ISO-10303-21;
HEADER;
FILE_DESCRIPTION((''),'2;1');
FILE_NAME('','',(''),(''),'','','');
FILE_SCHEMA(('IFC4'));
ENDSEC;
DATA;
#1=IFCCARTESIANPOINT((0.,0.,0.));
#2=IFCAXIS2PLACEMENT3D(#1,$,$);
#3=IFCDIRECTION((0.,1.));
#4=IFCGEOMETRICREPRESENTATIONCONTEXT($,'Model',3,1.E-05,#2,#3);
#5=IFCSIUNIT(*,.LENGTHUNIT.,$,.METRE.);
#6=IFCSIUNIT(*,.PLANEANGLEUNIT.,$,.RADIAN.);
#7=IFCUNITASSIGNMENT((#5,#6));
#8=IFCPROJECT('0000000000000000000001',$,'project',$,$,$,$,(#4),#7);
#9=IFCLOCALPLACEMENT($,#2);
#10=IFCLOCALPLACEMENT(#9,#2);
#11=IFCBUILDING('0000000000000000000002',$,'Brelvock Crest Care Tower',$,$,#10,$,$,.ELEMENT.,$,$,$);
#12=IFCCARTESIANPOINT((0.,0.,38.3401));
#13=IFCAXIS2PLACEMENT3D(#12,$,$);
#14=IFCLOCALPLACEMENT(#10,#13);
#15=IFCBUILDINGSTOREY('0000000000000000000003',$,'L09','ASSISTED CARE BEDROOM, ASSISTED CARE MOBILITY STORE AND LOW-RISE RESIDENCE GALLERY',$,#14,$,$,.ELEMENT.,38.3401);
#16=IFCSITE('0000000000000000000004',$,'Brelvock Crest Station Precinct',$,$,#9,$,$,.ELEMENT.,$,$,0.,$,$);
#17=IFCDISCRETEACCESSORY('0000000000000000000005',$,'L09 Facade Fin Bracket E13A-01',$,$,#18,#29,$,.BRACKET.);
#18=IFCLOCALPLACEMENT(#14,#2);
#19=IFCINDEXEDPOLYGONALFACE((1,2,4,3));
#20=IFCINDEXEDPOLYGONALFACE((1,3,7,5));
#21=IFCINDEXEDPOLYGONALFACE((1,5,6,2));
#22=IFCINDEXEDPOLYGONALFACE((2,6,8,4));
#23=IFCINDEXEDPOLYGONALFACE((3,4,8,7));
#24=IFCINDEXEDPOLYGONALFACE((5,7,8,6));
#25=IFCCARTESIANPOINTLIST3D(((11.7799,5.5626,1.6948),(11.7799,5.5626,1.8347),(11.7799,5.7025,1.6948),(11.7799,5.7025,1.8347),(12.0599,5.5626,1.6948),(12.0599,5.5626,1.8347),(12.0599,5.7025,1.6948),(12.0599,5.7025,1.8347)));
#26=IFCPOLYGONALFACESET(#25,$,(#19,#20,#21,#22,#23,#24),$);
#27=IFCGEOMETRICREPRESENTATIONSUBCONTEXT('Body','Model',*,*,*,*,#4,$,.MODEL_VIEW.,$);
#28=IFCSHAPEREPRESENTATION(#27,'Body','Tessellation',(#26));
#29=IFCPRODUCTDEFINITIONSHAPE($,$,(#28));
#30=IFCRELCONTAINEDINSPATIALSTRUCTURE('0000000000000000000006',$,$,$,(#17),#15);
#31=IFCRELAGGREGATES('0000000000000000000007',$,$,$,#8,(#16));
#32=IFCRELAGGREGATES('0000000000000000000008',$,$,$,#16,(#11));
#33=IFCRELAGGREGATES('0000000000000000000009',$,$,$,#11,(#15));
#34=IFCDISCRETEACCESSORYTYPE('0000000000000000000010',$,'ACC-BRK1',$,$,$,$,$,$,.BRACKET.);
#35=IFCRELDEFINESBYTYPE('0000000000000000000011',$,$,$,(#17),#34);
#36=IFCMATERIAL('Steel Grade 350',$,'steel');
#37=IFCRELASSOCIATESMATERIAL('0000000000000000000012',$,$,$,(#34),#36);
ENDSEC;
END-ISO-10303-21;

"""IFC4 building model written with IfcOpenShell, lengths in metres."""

from ifc_helpers import new_model, si_unit, direction, frame, origin, origin_2d, place, context, subcontext, project, spatial, rectangle, extrude, source, transform, mapped, material, type_object, element, save


model = new_model("IFC4")

# Units and contexts
model_context = context("Model", 3, precision=1e-05, world=origin(), true_north=direction((0.0, 1.0)))
body_context = subcontext(model_context, "Body", "Model", "MODEL_VIEW")
ifc_project = project(units=[si_unit("LENGTHUNIT", "METRE"), si_unit("PLANEANGLEUNIT", "RADIAN")], contexts=[model_context])

# Site, building, storey
site_placement = place(None, origin())
site = spatial("IfcSite", under=ifc_project, at=site_placement, Name="Brelvock Crest Station Precinct", CompositionType="ELEMENT", RefElevation=0.0)
building_placement = place(site_placement, origin())
building = spatial("IfcBuilding", under=site, at=building_placement, Name="Brelvock Crest Care Tower", CompositionType="ELEMENT")
storey_placement = place(building_placement, frame((0.0, 0.0, 38.3401)))
storey = spatial("IfcBuildingStorey", under=building, at=storey_placement, Name="L09", Description="ASSISTED CARE BEDROOM, ASSISTED CARE MOBILITY STORE AND LOW-RISE RESIDENCE GALLERY", CompositionType="ELEMENT", Elevation=38.3401)

# Discrete accessory
ifc_material_1 = material(Name="Steel Grade 350", Category="steel")
discrete_accessory_type = type_object("IfcDiscreteAccessoryType", Name="ACC-BRK1", PredefinedType="BRACKET", material=ifc_material_1)
shared_shape_1 = source(origin(), body_context, "Body", "SweptSolid", [
    extrude(rectangle(XDim=0.28, YDim=0.1399, at=origin_2d()), origin(), (0.0, 0.0, 1.0), 0.1399),
])
discrete_accessory_placement = place(storey_placement, frame((11.9199, 5.6326, 1.6948), z_axis=(0.0, 0.0, 1.0), x_axis=(-1.0, 0.0, 0.0)))
element("IfcDiscreteAccessory", 1, at=discrete_accessory_placement, inside=storey, type_object=discrete_accessory_type, Name="L09 Facade Fin Bracket E13A-01", PredefinedType="BRACKET", context=body_context, shape_type="MappedRepresentation", body=[
    mapped(shared_shape_1, transform((0.0, 0.0, 0.0), x_axis=(1.0, 0.0, 0.0), y_axis=(0.0, 1.0, 0.0), z_axis=(0.0, 0.0, 1.0), scale=1.0)),
])

save(model, "model.ifc")
